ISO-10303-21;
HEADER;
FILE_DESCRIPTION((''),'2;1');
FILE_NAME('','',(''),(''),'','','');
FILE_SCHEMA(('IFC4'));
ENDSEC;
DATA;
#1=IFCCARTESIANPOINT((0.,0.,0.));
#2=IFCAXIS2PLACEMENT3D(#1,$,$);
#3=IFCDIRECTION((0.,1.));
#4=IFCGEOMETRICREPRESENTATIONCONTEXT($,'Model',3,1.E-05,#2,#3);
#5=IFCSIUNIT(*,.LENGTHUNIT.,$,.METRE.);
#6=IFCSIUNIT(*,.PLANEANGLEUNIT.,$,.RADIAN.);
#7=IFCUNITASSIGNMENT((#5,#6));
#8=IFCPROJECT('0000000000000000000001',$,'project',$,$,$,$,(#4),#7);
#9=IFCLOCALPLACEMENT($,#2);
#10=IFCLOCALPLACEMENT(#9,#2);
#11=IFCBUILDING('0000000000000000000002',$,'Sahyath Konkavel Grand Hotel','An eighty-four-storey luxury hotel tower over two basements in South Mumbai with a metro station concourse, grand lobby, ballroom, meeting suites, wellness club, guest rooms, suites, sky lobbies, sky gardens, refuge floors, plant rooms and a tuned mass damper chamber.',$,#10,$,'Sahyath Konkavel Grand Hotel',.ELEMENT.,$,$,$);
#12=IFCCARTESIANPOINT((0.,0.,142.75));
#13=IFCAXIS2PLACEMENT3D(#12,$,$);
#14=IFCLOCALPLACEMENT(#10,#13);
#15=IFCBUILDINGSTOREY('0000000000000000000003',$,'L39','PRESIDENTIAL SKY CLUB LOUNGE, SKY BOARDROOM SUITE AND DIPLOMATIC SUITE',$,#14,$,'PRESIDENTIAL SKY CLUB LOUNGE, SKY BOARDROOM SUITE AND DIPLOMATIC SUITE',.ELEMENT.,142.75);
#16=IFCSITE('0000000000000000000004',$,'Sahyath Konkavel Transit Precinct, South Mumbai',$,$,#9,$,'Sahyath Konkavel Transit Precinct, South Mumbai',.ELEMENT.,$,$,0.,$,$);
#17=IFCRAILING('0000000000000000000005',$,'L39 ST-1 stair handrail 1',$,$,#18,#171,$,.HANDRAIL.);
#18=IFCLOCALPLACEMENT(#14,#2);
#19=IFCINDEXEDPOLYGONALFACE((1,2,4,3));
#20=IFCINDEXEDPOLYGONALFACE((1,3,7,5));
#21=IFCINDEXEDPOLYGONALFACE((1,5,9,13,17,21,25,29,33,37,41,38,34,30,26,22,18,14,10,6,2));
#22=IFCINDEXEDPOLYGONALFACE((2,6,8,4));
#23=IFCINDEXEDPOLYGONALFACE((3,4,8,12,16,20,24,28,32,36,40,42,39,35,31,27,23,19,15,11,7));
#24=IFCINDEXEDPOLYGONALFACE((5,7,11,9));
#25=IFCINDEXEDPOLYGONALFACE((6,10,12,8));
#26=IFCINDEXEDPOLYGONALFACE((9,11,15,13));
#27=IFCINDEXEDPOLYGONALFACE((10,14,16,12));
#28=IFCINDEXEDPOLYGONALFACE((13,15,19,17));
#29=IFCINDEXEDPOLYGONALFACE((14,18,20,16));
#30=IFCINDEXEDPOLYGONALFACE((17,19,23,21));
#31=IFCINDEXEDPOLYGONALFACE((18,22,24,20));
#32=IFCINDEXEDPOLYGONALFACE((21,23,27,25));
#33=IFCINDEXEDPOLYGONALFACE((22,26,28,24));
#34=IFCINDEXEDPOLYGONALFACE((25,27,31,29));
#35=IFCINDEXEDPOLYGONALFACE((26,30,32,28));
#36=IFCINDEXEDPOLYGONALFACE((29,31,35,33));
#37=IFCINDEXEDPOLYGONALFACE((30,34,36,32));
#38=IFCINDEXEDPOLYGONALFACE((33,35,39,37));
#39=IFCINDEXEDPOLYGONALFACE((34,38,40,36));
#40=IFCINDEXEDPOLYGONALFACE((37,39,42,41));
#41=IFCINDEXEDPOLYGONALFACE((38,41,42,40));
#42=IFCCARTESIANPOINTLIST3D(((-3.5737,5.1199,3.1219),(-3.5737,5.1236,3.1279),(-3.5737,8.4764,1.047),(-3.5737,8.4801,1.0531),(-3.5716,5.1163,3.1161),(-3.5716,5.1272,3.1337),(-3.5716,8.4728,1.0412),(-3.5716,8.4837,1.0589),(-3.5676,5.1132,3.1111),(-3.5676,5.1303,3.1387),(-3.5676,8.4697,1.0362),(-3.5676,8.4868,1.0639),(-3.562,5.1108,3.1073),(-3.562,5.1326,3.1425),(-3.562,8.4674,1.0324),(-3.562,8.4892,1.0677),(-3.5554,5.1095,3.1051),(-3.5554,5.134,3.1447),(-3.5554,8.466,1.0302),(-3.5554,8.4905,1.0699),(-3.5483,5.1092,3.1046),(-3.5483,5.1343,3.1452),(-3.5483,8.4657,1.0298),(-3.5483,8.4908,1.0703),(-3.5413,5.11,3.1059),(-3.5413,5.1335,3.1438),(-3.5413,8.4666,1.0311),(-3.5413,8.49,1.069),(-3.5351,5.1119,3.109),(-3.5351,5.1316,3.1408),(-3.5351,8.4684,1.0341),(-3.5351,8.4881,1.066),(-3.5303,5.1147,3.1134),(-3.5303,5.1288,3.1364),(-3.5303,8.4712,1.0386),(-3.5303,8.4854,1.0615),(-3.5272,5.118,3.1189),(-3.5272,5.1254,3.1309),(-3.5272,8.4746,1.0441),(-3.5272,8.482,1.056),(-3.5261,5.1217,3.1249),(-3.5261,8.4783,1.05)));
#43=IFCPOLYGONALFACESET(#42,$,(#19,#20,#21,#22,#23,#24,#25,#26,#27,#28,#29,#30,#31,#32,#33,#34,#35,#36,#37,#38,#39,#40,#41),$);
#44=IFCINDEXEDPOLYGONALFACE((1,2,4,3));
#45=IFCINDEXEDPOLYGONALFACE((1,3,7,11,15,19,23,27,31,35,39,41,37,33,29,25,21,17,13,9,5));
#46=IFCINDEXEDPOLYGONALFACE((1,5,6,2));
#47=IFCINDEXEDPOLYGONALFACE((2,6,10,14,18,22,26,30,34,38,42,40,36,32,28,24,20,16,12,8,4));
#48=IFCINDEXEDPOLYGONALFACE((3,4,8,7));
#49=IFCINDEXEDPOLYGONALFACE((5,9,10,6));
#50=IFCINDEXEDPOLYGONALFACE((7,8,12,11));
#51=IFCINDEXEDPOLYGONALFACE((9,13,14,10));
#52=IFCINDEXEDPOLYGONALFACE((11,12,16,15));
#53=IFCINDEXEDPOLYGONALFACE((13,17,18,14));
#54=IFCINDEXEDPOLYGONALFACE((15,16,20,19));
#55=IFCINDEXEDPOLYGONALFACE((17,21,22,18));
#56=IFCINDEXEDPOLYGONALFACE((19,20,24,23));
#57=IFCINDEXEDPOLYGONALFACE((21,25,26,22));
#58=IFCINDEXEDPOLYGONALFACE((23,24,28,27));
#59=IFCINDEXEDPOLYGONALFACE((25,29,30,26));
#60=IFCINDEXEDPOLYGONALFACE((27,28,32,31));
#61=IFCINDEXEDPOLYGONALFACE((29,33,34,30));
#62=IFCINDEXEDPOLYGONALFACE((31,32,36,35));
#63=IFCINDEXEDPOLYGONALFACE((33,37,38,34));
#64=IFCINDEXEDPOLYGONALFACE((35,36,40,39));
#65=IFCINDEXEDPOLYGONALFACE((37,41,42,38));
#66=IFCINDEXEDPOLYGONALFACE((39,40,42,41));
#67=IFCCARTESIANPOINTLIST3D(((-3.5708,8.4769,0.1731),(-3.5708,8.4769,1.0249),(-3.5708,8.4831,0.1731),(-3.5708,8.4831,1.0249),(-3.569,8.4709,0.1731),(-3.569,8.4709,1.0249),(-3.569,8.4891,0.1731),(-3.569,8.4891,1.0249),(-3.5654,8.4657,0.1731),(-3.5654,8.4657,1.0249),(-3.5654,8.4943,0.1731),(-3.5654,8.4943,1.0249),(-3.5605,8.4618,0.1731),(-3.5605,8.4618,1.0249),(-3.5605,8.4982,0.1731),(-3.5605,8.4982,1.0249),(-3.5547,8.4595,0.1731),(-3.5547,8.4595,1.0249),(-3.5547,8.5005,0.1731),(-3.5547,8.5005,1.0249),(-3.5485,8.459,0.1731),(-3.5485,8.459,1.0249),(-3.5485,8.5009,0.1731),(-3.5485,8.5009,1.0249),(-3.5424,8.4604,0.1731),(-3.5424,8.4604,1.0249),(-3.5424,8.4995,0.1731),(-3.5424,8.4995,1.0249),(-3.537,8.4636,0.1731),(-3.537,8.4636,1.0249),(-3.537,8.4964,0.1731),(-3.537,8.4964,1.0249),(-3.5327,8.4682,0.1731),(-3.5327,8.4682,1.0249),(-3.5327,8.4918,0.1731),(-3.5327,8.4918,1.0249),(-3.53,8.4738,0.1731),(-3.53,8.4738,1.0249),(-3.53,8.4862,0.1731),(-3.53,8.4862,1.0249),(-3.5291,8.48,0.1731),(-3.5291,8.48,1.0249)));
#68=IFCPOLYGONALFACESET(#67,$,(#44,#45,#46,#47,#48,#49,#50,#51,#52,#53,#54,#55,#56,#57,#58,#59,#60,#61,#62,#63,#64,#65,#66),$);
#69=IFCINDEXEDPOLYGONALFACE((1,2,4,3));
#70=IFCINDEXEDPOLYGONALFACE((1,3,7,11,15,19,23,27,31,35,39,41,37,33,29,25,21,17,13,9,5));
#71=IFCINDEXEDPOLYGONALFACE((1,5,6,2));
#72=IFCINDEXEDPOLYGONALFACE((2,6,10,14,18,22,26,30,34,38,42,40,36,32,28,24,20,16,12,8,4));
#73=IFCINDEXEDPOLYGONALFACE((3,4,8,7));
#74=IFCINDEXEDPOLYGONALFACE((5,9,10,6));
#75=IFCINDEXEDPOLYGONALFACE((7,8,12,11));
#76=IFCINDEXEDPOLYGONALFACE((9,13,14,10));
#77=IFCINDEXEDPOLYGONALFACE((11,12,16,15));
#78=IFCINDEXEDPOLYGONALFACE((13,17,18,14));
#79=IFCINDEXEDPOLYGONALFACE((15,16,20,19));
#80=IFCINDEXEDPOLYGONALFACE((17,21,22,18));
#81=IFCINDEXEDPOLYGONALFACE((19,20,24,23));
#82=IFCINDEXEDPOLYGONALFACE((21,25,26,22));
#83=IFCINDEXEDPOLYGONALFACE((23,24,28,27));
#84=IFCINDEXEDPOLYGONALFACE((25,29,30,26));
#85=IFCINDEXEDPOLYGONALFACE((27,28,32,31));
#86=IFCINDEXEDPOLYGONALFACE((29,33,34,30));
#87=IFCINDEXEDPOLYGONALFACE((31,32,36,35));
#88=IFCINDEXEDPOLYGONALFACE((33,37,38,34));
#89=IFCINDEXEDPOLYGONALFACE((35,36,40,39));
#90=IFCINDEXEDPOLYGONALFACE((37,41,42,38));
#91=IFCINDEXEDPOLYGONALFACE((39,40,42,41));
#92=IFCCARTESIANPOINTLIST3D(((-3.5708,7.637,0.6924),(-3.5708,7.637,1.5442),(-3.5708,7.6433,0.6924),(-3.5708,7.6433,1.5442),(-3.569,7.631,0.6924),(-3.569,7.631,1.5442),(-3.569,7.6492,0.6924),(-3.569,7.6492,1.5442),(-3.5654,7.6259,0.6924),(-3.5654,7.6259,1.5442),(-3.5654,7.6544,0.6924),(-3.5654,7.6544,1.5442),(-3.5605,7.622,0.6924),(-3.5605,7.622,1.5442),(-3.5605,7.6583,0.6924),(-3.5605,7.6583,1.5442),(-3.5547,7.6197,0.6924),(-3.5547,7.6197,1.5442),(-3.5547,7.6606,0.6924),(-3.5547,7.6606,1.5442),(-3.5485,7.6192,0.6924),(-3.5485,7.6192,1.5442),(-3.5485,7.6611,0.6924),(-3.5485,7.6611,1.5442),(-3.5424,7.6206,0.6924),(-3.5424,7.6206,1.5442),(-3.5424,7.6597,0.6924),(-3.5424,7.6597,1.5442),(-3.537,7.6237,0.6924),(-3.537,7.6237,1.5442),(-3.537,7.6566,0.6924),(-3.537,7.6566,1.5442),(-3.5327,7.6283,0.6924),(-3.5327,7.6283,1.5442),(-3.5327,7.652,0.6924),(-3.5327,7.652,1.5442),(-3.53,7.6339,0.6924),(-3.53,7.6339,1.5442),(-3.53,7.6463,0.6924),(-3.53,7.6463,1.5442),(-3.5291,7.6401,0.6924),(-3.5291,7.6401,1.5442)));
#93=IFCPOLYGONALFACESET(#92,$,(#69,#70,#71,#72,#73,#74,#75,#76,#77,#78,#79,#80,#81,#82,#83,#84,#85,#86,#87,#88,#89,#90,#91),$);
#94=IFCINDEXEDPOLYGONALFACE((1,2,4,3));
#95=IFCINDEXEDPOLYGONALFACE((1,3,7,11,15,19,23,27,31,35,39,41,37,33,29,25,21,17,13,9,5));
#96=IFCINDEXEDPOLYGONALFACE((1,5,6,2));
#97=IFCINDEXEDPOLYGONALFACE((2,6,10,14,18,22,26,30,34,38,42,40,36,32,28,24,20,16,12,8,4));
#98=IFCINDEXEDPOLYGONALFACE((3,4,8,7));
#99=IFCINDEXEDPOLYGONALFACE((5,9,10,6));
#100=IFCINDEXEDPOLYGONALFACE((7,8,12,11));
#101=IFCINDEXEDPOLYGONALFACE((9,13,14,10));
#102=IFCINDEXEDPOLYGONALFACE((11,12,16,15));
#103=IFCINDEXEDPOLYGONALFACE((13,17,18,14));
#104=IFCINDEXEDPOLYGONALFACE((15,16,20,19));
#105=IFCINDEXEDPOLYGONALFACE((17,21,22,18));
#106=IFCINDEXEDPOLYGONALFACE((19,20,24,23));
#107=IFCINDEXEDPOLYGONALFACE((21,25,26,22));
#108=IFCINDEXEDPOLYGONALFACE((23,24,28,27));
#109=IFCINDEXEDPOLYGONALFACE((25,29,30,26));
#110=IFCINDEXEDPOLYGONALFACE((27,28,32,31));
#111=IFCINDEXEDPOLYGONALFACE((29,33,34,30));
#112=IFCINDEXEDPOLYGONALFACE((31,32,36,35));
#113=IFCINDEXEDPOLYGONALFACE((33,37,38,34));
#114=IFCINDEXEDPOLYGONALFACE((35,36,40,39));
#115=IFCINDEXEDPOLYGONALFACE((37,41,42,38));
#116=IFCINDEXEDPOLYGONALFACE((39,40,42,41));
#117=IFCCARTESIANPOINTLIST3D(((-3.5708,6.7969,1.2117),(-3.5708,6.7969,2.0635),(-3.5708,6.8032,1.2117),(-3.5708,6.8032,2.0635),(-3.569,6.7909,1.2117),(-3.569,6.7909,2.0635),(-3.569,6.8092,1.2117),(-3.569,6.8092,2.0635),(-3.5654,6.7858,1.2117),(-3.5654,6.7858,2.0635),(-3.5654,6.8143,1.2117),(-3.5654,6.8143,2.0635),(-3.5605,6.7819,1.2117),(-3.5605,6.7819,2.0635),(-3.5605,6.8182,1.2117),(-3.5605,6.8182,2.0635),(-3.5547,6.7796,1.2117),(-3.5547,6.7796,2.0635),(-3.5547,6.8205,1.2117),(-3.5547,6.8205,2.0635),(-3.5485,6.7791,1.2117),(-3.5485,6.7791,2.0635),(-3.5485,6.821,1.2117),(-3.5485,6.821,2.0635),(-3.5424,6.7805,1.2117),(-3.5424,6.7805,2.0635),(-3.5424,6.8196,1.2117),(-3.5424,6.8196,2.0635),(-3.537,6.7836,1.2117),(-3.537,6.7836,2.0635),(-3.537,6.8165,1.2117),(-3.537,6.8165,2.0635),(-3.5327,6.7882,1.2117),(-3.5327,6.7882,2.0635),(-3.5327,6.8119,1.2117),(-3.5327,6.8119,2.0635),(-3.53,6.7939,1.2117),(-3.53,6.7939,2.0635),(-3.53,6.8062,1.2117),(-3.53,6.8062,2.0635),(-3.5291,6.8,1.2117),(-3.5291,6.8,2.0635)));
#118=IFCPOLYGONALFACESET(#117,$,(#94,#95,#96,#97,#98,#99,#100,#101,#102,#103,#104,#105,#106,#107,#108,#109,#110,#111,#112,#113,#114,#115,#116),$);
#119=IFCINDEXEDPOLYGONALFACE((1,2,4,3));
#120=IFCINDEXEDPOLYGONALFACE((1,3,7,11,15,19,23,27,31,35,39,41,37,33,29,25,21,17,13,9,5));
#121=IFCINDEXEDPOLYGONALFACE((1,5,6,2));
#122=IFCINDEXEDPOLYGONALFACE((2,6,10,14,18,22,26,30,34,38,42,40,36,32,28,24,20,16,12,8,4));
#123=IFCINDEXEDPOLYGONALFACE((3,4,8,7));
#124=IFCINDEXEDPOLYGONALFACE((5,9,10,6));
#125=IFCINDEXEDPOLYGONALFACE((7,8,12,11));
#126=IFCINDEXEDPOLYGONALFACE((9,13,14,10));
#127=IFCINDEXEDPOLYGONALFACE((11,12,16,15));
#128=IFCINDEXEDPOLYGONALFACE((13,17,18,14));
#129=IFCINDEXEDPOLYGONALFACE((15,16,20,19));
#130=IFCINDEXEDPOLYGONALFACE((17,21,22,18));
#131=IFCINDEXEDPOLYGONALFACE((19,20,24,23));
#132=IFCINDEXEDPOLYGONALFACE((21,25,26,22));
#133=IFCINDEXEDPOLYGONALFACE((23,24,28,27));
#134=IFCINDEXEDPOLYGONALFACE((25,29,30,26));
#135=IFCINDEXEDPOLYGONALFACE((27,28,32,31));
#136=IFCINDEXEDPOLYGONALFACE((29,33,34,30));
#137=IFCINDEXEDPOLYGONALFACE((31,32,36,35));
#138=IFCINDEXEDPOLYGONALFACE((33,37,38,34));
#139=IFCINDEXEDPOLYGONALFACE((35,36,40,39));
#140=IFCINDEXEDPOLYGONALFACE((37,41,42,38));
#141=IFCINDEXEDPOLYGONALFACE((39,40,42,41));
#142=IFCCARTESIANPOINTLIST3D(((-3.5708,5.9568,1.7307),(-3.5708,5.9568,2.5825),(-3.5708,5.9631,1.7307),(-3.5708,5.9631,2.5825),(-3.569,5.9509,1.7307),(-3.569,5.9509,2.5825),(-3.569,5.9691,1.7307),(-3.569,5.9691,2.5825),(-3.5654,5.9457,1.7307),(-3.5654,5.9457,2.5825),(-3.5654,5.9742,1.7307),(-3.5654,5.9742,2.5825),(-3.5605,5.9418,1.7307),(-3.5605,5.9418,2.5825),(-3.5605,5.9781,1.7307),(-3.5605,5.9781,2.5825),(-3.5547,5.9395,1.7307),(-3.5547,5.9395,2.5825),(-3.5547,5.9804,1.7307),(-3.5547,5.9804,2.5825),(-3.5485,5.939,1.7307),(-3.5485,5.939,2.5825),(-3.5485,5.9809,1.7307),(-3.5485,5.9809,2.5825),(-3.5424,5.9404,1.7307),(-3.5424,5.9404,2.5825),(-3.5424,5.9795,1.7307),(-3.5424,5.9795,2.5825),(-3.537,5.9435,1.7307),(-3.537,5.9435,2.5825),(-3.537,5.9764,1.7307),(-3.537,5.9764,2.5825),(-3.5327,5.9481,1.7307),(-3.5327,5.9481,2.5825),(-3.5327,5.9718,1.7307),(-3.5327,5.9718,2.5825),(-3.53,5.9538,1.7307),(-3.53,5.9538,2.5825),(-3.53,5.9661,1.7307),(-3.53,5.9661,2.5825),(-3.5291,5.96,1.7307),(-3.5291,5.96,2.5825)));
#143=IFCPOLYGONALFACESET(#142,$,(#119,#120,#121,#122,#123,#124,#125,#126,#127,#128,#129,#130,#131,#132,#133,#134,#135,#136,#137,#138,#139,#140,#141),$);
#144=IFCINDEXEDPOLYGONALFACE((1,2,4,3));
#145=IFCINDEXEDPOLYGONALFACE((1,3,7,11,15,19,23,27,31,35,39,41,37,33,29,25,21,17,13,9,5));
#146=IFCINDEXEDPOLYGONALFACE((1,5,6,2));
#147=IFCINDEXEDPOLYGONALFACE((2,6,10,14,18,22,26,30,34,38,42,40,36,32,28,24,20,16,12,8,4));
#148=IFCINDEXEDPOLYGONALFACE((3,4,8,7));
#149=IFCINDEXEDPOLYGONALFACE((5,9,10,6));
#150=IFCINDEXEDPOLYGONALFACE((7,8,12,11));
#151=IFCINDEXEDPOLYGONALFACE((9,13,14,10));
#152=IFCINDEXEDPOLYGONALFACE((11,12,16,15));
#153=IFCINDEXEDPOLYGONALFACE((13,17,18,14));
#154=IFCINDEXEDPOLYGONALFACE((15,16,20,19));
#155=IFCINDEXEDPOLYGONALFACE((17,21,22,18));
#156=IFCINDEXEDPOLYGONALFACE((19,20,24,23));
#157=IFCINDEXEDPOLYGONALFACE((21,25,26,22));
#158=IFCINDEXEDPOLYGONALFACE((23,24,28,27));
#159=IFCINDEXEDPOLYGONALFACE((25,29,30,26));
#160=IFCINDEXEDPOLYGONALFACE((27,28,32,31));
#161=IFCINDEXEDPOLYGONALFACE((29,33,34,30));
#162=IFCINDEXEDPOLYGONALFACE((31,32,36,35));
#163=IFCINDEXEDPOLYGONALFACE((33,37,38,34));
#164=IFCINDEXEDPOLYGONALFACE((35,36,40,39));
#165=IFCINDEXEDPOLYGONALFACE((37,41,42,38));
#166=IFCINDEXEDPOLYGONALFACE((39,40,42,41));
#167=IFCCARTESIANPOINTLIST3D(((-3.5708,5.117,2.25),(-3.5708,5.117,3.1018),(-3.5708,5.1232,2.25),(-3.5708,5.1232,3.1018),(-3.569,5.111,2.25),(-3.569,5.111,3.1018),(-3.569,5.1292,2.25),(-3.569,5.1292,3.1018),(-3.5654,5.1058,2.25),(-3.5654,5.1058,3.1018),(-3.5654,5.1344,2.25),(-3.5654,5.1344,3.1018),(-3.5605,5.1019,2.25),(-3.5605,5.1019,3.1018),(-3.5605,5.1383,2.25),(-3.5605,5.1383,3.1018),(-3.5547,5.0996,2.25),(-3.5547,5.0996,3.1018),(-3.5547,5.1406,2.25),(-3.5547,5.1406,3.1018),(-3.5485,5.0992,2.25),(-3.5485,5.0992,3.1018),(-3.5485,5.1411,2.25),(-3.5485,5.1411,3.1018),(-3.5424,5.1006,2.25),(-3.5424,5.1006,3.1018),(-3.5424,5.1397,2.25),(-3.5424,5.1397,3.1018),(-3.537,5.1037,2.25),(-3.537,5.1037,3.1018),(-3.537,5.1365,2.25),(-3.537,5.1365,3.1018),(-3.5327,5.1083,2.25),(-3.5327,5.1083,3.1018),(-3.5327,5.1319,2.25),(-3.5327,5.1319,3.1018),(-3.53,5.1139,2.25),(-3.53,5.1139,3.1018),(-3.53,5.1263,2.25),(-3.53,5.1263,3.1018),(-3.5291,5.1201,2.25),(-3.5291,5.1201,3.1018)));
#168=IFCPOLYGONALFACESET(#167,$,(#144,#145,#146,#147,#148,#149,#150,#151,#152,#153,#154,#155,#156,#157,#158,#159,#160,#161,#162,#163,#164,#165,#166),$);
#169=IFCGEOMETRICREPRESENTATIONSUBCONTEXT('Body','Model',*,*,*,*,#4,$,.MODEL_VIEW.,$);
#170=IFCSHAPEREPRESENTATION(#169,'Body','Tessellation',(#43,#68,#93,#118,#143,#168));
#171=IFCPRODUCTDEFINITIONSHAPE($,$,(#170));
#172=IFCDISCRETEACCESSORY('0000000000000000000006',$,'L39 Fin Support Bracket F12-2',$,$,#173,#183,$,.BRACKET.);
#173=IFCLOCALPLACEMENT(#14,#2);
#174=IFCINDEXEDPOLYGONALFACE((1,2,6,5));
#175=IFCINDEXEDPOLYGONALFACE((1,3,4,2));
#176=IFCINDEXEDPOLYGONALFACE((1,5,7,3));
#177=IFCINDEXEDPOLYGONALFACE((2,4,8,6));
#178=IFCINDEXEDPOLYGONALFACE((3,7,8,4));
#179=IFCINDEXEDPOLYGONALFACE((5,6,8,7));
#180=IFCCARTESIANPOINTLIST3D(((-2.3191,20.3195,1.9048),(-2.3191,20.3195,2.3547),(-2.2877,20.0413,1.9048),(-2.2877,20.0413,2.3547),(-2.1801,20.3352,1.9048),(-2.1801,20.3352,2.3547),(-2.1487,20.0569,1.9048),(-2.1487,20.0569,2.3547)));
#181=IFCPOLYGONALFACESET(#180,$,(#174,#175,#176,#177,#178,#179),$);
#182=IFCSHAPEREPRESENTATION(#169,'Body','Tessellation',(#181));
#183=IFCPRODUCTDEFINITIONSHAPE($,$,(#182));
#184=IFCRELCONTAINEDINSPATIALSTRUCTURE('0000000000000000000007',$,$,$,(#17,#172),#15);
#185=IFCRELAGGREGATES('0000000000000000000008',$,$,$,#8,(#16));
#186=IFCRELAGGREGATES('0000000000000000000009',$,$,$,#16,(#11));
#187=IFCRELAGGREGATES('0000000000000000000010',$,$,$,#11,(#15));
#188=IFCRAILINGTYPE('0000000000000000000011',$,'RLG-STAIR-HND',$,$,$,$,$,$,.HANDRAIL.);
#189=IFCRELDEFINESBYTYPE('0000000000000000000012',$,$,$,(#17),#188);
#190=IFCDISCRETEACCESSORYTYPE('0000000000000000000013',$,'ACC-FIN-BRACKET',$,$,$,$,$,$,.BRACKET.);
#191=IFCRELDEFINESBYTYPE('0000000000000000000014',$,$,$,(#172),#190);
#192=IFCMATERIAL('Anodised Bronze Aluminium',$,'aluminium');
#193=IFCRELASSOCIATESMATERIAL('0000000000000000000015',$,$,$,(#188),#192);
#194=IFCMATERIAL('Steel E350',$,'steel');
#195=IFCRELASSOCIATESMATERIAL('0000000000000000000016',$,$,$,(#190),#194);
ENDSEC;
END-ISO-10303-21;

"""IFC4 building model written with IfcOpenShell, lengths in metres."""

from ifc_helpers import new_model, si_unit, direction, frame, origin, origin_2d, place, context, subcontext, project, spatial, rectangle, circle, extrude, source, transform, mapped, material, type_object, element, save


model = new_model("IFC4")

# Units and contexts
model_context = context("Model", 3, precision=1e-05, world=origin(), true_north=direction((0.0, 1.0)))
body_context = subcontext(model_context, "Body", "Model", "MODEL_VIEW")
ifc_project = project(units=[si_unit("LENGTHUNIT", "METRE"), si_unit("PLANEANGLEUNIT", "RADIAN")], contexts=[model_context])

# Site, building, storey
site_placement = place(None, origin())
site = spatial("IfcSite", under=ifc_project, at=site_placement, Name="Sahyath Konkavel Transit Precinct, South Mumbai", LongName="Sahyath Konkavel Transit Precinct, South Mumbai", CompositionType="ELEMENT", RefElevation=0.0)
building_placement = place(site_placement, origin())
building = spatial("IfcBuilding", under=site, at=building_placement, Name="Sahyath Konkavel Grand Hotel", Description="An eighty-four-storey luxury hotel tower over two basements in South Mumbai with a metro station concourse, grand lobby, ballroom, meeting suites, wellness club, guest rooms, suites, sky lobbies, sky gardens, refuge floors, plant rooms and a tuned mass damper chamber.", LongName="Sahyath Konkavel Grand Hotel", CompositionType="ELEMENT")
storey_placement = place(building_placement, frame((0.0, 0.0, 142.75)))
storey = spatial("IfcBuildingStorey", under=building, at=storey_placement, Name="L39", Description="PRESIDENTIAL SKY CLUB LOUNGE, SKY BOARDROOM SUITE AND DIPLOMATIC SUITE", LongName="PRESIDENTIAL SKY CLUB LOUNGE, SKY BOARDROOM SUITE AND DIPLOMATIC SUITE", CompositionType="ELEMENT", Elevation=142.75)

# Shared definitions
ifc_material_1 = material(Name="Steel E350", Category="steel")

# Shared definitions
ifc_material_2 = material(Name="Anodised Bronze Aluminium", Category="aluminium")

# Railing
railing_type_1 = type_object("IfcRailingType", Name="RLG-STAIR-HND", PredefinedType="HANDRAIL", material=ifc_material_2)
railing_1_placement = place(storey_placement, frame((-3.55, 8.48, 0.1731)))
element("IfcRailing", 1, at=railing_1_placement, inside=storey, type_object=railing_type_1, Name="L39 ST-1 stair handrail 1", PredefinedType="HANDRAIL", context=body_context, shape_type="SweptSolid", body=[
    extrude(circle(Radius=0.0239, at=origin_2d()), frame((0.0, -0.0017, 0.877), z_axis=(0.0, -0.850606, 0.525803), x_axis=(1.0, 0.0, 0.0)), (0.0, 0.0, 1.0), 3.946),
    extrude(circle(Radius=0.021, at=origin_2d()), origin(), (0.0, 0.0, 1.0), 0.8518),
    extrude(circle(Radius=0.021, at=origin_2d()), frame((0.0, -0.8398, 0.5193)), (0.0, 0.0, 1.0), 0.8518),
    extrude(circle(Radius=0.021, at=origin_2d()), frame((0.0, -1.6799, 1.0386)), (0.0, 0.0, 1.0), 0.8518),
    extrude(circle(Radius=0.021, at=origin_2d()), frame((0.0, -2.52, 1.5576)), (0.0, 0.0, 1.0), 0.8518),
    extrude(circle(Radius=0.021, at=origin_2d()), frame((0.0, -3.3599, 2.0769)), (0.0, 0.0, 1.0), 0.8518),
])

# Discrete accessory
discrete_accessory_type = type_object("IfcDiscreteAccessoryType", Name="ACC-FIN-BRACKET", PredefinedType="BRACKET", material=ifc_material_1)
shared_shape_1 = source(origin(), body_context, "Body", "SweptSolid", [
    extrude(rectangle(XDim=0.28, YDim=0.1399, at=origin_2d()), origin(), (0.0, 0.0, 1.0), 0.45),
])
discrete_accessory_placement = place(storey_placement, frame((-2.2339, 20.1882, 1.9048), z_axis=(0.0, 0.0, 1.0), x_axis=(-0.112007, 0.993707, 0.0)))
element("IfcDiscreteAccessory", 2, at=discrete_accessory_placement, inside=storey, type_object=discrete_accessory_type, Name="L39 Fin Support Bracket F12-2", PredefinedType="BRACKET", context=body_context, shape_type="MappedRepresentation", body=[
    mapped(shared_shape_1, transform((0.0, 0.0, 0.0), scale=1.0)),
])

save(model, "model.ifc")
